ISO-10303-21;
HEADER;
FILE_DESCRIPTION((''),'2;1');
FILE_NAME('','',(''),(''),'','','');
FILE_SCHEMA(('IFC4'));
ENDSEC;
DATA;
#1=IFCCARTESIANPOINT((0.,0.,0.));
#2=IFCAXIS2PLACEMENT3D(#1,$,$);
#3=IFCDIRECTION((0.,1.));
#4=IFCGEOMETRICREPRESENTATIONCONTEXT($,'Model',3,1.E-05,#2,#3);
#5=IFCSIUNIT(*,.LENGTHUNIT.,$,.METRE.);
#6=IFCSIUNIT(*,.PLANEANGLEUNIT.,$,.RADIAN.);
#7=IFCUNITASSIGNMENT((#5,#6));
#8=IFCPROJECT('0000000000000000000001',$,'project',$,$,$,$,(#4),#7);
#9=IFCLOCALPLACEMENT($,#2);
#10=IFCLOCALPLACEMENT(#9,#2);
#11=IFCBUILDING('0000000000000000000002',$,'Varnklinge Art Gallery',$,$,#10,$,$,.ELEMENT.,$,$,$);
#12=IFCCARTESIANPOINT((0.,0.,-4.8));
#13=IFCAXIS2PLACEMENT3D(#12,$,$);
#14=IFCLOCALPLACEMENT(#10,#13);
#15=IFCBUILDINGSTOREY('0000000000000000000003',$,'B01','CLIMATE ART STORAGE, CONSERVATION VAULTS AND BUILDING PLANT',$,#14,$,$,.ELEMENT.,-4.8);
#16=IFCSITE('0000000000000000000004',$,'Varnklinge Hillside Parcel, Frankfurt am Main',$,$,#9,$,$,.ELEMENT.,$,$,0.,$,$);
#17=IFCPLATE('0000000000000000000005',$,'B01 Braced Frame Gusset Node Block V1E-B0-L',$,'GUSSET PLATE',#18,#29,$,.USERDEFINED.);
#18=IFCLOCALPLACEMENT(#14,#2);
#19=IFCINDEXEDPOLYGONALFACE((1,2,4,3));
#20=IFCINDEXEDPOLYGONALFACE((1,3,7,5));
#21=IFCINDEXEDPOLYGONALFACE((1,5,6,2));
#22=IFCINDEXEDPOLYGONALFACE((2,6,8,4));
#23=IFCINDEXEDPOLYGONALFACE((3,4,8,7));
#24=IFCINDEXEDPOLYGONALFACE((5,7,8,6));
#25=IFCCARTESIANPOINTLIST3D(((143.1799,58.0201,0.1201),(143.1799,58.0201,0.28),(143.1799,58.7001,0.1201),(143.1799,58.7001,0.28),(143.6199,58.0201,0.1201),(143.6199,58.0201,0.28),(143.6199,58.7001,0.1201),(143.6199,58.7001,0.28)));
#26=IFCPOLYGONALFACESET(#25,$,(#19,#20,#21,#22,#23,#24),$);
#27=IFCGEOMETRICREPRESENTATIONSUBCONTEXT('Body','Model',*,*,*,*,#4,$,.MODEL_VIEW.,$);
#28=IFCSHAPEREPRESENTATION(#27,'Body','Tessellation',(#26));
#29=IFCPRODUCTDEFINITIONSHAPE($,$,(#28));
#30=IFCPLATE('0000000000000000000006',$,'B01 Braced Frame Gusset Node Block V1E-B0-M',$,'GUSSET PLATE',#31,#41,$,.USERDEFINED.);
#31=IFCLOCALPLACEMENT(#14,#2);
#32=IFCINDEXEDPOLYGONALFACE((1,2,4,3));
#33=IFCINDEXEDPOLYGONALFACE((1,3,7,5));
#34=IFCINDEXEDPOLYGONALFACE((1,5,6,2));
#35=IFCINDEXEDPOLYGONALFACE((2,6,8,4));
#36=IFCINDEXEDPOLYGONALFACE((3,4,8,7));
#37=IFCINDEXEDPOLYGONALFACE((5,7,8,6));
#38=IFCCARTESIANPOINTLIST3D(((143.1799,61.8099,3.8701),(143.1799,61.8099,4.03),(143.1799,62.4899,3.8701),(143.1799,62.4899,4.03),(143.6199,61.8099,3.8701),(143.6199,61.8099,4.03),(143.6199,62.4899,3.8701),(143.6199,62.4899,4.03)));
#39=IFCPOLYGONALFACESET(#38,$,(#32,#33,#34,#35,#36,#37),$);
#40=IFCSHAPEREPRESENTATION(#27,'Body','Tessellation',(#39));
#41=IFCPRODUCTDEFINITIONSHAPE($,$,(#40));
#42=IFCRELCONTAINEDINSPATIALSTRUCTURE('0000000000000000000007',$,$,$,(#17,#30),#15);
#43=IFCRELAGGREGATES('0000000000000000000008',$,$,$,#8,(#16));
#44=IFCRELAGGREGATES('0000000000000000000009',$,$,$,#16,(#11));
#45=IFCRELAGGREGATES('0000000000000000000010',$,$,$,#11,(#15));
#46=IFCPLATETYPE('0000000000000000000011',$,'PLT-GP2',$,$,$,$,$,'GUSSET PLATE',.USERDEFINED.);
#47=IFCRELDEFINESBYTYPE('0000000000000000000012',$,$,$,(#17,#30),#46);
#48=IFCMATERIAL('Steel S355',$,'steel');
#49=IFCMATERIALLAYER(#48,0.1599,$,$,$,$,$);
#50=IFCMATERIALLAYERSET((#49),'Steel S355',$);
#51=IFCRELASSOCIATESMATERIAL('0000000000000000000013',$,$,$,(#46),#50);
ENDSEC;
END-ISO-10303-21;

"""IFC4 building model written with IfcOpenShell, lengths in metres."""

from ifc_helpers import new_model, si_unit, direction, frame, origin, origin_2d, place, context, subcontext, project, spatial, rectangle, extrude, material, layer, layer_set, type_object, element, save


model = new_model("IFC4")

# Units and contexts
model_context = context("Model", 3, precision=1e-05, world=origin(), true_north=direction((0.0, 1.0)))
body_context = subcontext(model_context, "Body", "Model", "MODEL_VIEW")
ifc_project = project(units=[si_unit("LENGTHUNIT", "METRE"), si_unit("PLANEANGLEUNIT", "RADIAN")], contexts=[model_context])

# Site, building, storey
site_placement = place(None, origin())
site = spatial("IfcSite", under=ifc_project, at=site_placement, Name="Varnklinge Hillside Parcel, Frankfurt am Main", CompositionType="ELEMENT", RefElevation=0.0)
building_placement = place(site_placement, origin())
building = spatial("IfcBuilding", under=site, at=building_placement, Name="Varnklinge Art Gallery", CompositionType="ELEMENT")
storey_placement = place(building_placement, frame((0.0, 0.0, -4.8)))
storey = spatial("IfcBuildingStorey", under=building, at=storey_placement, Name="B01", Description="CLIMATE ART STORAGE, CONSERVATION VAULTS AND BUILDING PLANT", CompositionType="ELEMENT", Elevation=-4.8)

# Plates
ifc_material_1 = material(Name="Steel S355", Category="steel")
ifc_layer_1 = layer(ifc_material_1, 0.1599)
ifc_layer_set_1 = layer_set([ifc_layer_1], Name="Steel S355")
plate_type_1 = type_object("IfcPlateType", Name="PLT-GP2", ElementType="GUSSET PLATE", PredefinedType="USERDEFINED", material=ifc_layer_set_1)
for number, where, z_axis, x_axis, name in (
    (1, (143.3999, 58.3601, 0.1201), (0.0, 0.0, 1.0), (0.0, 1.0, 0.0), "B01 Braced Frame Gusset Node Block V1E-B0-L"),
    (2, (143.3999, 62.1499, 3.8701), (0.0, 0.0, 1.0), (0.0, 1.0, 0.0), "B01 Braced Frame Gusset Node Block V1E-B0-M"),
):
    element("IfcPlate", number, at=place(storey_placement, frame(where, z_axis=z_axis, x_axis=x_axis)), inside=storey, type_object=plate_type_1, Name=name, ObjectType="GUSSET PLATE", PredefinedType="USERDEFINED", context=body_context, shape_type="SweptSolid", body=[
        extrude(rectangle(XDim=0.6799, YDim=0.4399, at=origin_2d()), origin(), (0.0, 0.0, 1.0), 0.1599),
    ])

save(model, "model.ifc")
